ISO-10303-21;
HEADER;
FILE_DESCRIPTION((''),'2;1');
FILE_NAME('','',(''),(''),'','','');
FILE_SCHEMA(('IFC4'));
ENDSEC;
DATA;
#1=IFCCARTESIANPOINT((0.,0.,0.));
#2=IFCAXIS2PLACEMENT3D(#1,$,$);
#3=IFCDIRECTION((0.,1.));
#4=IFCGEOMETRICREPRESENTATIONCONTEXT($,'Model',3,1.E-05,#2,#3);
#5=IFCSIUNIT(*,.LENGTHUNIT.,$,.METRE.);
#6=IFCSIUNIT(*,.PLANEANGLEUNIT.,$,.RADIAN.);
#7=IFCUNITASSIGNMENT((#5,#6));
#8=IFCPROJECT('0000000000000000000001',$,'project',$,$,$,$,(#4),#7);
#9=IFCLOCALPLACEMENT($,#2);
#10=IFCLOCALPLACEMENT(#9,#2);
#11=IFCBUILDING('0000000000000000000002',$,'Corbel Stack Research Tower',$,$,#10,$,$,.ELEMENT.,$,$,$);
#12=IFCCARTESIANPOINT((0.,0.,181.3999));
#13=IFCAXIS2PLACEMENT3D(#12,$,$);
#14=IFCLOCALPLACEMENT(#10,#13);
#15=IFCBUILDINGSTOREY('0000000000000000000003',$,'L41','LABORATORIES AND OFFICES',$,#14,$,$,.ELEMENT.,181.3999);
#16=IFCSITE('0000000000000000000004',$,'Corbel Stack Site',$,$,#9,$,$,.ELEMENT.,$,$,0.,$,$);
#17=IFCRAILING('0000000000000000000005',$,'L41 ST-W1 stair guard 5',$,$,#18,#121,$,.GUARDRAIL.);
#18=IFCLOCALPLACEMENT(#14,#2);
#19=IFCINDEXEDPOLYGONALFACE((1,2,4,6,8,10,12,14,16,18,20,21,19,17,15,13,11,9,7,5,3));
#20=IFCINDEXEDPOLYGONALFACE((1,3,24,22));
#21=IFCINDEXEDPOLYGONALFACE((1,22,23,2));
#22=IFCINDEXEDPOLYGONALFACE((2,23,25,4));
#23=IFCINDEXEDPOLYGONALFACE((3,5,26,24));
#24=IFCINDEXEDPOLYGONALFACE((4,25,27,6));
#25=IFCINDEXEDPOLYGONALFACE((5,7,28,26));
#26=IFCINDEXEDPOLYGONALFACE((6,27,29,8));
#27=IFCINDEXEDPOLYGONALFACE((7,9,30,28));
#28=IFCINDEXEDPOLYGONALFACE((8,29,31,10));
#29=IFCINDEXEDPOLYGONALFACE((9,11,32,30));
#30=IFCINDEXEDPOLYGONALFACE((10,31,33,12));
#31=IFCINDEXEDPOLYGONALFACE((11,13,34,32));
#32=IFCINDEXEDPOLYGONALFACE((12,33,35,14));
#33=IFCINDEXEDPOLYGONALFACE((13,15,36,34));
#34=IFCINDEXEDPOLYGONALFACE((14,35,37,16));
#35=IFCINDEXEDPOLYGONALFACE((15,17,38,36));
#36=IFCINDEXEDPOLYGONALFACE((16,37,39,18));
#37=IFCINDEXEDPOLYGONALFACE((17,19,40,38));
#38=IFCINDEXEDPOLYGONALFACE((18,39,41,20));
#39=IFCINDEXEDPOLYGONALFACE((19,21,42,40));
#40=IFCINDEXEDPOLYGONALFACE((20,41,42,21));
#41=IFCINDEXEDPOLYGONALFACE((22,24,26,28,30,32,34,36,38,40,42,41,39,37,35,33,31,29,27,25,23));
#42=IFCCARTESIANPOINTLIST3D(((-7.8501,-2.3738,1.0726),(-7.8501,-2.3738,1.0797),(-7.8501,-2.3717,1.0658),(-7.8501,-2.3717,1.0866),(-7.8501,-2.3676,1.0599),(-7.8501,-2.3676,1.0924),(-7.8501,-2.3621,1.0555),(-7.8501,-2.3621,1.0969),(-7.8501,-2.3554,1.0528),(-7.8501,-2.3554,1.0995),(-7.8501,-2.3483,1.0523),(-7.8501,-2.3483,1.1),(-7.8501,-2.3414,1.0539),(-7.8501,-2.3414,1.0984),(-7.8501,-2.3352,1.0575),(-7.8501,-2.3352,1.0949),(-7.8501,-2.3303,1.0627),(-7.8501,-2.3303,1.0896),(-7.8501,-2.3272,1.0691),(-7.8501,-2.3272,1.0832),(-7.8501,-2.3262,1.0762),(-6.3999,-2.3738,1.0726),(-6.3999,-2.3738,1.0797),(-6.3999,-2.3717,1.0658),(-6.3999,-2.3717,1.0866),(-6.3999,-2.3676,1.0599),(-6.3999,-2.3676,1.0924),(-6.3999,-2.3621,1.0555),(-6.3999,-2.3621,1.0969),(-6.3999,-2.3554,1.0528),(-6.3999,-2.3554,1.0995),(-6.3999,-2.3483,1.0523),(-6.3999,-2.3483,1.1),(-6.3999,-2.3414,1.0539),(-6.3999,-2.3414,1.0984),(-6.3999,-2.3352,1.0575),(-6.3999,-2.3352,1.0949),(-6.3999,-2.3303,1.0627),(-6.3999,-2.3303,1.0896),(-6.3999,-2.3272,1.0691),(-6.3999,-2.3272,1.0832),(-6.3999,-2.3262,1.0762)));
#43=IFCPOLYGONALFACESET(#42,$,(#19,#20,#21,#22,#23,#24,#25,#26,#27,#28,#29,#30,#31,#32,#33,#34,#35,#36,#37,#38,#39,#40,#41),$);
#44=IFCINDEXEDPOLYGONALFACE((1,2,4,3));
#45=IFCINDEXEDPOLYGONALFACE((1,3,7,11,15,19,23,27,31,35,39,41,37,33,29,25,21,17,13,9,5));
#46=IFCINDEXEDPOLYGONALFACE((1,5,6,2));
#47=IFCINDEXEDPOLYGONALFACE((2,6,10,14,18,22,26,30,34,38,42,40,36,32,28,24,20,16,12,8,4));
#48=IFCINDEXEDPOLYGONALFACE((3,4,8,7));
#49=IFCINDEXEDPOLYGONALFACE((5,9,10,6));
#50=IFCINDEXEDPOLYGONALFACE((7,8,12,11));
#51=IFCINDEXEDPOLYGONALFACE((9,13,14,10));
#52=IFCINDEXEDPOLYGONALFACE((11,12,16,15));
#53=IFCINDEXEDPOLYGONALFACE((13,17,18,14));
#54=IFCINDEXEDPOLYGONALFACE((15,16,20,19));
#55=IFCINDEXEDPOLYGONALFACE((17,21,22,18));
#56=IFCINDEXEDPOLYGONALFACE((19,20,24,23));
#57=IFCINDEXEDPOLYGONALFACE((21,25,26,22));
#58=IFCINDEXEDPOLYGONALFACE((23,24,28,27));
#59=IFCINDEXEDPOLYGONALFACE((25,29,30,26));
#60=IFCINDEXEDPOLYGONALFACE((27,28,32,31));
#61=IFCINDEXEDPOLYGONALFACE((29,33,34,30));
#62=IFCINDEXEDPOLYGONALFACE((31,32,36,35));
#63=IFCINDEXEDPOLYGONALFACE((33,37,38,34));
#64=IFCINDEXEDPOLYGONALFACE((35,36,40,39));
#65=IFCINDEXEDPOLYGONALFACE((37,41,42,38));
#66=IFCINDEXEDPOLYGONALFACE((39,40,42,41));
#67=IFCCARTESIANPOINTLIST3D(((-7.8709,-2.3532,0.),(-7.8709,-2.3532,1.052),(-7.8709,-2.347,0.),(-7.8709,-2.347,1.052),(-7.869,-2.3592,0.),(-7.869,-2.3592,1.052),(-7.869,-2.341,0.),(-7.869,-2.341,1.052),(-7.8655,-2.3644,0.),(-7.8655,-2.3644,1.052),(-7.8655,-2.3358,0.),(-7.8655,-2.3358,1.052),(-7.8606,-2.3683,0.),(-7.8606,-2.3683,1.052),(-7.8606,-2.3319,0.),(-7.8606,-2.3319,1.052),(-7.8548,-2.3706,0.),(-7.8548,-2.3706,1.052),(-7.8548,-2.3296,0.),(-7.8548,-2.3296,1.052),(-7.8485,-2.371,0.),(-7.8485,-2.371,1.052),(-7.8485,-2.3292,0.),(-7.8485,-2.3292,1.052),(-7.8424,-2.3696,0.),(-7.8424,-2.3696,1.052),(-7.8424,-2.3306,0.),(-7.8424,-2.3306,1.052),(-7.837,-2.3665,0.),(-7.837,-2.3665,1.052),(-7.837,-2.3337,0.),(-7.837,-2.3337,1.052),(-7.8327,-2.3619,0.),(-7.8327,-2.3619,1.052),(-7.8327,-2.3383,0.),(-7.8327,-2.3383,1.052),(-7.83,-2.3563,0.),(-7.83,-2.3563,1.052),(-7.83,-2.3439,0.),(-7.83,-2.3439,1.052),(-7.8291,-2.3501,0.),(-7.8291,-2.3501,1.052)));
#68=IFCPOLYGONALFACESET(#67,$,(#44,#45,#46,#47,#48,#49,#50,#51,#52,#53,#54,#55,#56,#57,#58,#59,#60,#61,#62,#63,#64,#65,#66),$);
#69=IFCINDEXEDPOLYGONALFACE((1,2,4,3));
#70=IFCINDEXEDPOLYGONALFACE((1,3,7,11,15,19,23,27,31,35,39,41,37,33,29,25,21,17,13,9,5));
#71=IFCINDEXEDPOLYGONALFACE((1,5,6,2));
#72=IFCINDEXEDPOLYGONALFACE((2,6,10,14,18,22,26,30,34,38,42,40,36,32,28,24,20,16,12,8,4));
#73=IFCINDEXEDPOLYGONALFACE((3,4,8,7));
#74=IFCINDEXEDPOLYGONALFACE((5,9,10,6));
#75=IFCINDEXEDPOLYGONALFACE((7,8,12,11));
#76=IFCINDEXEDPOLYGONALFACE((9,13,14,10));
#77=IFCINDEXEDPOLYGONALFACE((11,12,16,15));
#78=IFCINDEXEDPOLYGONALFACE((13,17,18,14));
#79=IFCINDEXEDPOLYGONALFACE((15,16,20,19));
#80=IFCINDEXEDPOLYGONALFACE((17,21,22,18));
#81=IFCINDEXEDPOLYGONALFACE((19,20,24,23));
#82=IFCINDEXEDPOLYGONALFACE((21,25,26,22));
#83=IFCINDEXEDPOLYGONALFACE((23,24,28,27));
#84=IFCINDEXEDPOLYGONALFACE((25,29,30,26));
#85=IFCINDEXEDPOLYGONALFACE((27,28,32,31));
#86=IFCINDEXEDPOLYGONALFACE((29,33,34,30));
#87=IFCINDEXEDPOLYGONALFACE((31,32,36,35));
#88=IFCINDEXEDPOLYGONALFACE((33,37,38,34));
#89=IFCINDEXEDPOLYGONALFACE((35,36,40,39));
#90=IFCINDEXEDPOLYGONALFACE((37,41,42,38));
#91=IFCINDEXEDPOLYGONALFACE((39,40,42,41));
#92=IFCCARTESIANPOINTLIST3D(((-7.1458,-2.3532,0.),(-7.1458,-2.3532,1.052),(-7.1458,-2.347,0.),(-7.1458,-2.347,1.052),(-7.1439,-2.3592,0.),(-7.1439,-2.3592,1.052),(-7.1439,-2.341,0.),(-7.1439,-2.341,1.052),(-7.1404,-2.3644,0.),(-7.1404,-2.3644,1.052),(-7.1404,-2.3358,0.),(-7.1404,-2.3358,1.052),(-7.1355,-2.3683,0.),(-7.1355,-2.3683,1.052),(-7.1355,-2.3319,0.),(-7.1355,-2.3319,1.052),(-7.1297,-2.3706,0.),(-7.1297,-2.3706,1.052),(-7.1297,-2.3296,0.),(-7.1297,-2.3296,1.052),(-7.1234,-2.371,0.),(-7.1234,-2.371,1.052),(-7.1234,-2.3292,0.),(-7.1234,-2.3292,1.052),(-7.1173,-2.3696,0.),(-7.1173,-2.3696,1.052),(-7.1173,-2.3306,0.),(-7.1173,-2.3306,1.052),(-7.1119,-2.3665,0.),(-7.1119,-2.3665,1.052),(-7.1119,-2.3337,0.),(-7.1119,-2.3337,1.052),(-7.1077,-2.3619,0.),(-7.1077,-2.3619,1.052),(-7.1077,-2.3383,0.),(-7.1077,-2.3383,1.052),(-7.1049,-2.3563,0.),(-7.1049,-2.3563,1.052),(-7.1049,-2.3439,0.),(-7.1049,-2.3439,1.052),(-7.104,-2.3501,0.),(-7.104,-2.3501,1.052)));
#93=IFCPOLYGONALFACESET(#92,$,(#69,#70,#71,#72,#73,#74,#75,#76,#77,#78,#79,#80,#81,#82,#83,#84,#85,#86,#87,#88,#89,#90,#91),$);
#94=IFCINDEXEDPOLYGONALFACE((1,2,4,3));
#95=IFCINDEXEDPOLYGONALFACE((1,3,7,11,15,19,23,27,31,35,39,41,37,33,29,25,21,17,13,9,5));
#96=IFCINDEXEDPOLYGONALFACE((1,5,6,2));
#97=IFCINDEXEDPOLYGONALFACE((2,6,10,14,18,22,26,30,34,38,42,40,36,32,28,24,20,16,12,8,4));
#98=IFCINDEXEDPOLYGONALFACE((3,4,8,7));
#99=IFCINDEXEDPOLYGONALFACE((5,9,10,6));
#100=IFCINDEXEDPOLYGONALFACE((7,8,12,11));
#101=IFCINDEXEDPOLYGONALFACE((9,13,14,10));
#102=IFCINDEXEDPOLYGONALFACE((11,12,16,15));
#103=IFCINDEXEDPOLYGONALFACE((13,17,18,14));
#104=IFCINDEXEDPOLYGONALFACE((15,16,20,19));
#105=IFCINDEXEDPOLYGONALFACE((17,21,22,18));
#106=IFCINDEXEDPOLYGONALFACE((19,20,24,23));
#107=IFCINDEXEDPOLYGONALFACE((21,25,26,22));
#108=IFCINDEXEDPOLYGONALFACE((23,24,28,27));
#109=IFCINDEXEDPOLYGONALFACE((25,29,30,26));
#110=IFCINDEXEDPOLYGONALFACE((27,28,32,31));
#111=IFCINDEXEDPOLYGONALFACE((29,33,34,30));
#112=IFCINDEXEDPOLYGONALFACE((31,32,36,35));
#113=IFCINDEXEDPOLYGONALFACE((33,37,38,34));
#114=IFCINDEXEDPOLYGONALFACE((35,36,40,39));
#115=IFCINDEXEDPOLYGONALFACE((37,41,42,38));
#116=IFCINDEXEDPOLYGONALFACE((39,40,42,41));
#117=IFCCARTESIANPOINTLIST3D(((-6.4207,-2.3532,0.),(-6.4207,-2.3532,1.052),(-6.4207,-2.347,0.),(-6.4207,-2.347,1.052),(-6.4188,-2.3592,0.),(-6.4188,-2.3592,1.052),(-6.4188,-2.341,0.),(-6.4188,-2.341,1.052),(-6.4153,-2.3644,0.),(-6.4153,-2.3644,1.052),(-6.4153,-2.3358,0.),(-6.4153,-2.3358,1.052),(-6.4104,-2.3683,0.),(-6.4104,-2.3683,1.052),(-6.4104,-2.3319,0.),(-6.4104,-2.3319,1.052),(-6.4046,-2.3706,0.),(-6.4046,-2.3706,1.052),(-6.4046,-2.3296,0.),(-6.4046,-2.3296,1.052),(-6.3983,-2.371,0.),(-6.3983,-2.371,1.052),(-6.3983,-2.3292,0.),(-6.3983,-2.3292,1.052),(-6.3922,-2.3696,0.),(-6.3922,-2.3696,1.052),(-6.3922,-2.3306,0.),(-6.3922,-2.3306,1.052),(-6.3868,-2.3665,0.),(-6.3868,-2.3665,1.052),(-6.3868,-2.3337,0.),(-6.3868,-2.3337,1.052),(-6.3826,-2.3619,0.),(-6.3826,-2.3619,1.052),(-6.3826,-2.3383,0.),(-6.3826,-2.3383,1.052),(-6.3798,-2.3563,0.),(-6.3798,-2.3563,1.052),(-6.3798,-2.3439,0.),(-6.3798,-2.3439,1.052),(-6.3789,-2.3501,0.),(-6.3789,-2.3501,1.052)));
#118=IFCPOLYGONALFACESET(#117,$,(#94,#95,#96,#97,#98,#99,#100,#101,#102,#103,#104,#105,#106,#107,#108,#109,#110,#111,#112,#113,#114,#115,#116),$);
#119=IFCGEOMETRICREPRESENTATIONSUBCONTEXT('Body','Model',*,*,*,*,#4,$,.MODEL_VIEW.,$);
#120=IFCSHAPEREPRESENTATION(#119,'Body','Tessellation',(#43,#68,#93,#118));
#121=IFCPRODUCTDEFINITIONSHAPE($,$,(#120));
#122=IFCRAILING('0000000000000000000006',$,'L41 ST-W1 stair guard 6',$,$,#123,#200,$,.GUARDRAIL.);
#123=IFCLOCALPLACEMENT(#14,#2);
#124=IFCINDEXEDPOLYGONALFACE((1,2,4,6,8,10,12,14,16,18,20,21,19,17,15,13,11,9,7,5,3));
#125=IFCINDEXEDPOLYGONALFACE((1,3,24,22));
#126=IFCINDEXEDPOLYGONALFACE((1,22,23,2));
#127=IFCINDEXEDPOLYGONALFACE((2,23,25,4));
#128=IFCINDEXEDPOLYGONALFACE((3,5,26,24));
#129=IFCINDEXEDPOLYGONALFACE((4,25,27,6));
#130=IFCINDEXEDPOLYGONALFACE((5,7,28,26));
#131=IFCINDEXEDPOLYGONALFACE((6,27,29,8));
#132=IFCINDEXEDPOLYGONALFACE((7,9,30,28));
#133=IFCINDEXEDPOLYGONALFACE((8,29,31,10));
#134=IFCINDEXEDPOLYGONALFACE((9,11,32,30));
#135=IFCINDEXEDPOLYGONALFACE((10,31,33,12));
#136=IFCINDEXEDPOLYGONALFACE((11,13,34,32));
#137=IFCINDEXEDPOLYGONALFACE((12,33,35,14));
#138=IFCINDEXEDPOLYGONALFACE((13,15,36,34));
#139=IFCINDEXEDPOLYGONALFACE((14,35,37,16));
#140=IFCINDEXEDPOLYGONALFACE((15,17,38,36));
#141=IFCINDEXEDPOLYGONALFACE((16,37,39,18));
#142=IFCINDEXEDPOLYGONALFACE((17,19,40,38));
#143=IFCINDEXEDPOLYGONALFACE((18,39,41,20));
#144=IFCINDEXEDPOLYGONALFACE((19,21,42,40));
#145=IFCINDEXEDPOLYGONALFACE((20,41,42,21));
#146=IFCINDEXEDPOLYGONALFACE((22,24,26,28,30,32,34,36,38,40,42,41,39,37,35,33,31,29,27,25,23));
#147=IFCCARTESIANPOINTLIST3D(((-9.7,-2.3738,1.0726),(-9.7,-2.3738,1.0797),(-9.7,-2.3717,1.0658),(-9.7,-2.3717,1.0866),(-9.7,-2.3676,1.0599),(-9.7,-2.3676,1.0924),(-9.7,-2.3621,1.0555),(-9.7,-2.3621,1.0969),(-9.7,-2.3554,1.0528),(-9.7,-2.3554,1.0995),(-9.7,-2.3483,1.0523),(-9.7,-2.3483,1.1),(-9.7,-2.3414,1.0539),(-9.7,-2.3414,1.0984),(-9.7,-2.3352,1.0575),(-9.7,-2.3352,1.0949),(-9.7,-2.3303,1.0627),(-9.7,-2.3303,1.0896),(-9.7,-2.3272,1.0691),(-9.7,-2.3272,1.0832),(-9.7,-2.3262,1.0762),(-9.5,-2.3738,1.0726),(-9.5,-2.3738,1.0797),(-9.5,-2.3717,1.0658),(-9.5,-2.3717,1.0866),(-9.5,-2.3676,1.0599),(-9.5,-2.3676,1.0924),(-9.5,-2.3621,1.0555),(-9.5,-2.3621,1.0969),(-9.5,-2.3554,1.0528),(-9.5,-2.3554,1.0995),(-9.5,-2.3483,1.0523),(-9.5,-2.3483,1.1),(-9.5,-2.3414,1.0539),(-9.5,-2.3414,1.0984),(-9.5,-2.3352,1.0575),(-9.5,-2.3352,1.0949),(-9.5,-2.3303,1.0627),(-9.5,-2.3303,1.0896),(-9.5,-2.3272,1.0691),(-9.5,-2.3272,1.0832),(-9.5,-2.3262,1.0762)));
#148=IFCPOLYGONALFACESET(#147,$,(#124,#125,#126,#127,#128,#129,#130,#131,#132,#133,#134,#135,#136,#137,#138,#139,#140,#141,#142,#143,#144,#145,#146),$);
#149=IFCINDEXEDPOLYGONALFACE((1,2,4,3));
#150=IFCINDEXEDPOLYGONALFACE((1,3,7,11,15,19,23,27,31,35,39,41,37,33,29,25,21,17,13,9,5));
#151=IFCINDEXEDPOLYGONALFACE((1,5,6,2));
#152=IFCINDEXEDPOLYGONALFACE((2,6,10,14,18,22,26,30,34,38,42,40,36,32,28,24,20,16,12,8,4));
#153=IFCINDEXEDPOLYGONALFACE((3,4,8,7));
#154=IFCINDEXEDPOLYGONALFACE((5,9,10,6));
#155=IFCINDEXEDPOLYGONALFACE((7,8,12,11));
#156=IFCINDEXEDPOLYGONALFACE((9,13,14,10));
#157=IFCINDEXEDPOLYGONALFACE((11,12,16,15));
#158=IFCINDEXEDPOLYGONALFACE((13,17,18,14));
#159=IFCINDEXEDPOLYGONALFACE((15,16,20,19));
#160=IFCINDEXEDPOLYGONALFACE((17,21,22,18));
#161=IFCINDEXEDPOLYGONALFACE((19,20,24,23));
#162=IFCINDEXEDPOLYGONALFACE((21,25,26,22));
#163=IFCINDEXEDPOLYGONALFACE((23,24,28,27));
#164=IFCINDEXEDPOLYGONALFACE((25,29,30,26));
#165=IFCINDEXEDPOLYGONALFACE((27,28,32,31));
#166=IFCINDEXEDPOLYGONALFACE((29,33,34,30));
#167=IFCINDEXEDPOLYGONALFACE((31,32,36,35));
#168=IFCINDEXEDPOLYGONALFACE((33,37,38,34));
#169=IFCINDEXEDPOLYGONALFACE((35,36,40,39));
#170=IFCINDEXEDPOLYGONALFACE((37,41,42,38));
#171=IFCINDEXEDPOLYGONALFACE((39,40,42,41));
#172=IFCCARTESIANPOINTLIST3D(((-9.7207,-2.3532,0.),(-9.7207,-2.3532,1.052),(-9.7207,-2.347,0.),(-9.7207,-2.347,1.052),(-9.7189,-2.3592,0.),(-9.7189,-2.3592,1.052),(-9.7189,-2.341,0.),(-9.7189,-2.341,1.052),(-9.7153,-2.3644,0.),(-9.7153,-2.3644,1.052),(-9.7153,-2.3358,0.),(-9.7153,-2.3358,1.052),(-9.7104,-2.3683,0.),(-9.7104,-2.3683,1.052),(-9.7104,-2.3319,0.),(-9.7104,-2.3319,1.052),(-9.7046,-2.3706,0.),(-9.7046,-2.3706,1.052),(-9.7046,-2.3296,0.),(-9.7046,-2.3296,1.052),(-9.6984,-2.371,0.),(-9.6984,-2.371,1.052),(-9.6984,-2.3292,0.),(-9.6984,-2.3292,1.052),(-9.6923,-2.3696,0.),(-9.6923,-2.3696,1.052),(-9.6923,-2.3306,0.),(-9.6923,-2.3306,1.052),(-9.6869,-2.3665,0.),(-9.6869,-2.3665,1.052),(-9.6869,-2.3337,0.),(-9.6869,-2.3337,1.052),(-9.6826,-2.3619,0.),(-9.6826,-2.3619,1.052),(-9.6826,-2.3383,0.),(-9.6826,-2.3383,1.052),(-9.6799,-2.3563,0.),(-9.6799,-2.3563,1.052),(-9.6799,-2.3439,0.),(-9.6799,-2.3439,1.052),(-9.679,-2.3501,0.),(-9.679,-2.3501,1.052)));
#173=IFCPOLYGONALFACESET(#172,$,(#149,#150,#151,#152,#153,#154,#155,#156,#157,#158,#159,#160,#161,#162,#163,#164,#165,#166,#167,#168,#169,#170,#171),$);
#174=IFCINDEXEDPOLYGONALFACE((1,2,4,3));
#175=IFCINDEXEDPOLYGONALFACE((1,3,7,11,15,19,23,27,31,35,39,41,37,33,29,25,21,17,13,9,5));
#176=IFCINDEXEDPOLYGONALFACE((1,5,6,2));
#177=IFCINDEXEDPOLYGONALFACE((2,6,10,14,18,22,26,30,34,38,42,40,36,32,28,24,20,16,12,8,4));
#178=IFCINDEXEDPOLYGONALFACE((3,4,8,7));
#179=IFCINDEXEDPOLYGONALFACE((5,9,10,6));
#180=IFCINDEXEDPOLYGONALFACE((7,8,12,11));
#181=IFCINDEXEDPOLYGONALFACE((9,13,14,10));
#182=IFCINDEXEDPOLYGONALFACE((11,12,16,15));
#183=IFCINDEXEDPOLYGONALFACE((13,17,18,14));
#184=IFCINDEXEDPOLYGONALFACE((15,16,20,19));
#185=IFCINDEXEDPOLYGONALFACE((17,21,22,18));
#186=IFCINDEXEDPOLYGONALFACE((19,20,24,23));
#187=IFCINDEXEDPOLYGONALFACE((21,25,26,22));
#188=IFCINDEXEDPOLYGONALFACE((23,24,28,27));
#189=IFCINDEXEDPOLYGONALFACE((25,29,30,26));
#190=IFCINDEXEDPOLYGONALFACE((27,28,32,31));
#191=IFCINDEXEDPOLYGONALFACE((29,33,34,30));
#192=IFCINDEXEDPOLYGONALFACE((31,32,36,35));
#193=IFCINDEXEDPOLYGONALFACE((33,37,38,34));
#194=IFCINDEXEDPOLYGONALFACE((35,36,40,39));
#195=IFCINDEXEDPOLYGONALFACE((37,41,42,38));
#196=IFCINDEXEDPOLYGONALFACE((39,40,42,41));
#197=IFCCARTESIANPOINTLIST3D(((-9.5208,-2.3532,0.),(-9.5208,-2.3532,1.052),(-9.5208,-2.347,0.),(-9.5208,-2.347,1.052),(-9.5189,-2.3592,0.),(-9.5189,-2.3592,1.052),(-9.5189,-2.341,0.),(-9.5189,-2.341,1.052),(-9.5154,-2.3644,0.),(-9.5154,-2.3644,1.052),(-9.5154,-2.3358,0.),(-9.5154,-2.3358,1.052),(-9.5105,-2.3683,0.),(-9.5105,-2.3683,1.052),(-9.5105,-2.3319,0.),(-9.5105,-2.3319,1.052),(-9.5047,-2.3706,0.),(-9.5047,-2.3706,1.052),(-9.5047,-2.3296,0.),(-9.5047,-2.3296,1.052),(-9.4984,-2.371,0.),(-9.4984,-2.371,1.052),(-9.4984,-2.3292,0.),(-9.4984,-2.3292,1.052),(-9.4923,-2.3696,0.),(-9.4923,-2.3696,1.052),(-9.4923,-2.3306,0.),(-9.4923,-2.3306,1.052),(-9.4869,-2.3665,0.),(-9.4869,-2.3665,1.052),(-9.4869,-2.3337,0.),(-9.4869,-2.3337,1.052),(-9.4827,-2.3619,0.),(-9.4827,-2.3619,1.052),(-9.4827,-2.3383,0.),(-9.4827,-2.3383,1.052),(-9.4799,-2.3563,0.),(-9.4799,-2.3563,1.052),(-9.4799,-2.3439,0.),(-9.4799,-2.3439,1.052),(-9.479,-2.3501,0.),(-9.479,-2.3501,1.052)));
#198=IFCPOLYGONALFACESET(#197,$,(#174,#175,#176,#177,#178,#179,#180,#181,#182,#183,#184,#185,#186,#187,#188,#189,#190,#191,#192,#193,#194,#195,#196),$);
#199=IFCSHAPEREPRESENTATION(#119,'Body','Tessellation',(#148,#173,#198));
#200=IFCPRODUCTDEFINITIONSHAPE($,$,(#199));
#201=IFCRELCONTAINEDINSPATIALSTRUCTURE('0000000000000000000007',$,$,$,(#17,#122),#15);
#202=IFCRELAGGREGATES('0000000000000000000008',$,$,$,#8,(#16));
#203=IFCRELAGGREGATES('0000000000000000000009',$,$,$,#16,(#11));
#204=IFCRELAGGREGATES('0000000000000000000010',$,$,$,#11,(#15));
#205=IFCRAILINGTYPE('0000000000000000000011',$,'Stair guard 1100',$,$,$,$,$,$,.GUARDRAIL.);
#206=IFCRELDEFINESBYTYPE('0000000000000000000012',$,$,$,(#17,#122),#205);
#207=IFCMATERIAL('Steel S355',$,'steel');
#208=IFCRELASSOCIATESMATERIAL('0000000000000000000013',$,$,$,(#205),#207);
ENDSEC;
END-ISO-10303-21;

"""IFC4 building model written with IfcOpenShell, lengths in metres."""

from ifc_helpers import new_model, si_unit, direction, frame, origin, origin_2d, place, context, subcontext, project, spatial, circle, extrude, material, type_object, element, save


model = new_model("IFC4")

# Units and contexts
model_context = context("Model", 3, precision=1e-05, world=origin(), true_north=direction((0.0, 1.0)))
body_context = subcontext(model_context, "Body", "Model", "MODEL_VIEW")
ifc_project = project(units=[si_unit("LENGTHUNIT", "METRE"), si_unit("PLANEANGLEUNIT", "RADIAN")], contexts=[model_context])

# Site, building, storey
site_placement = place(None, origin())
site = spatial("IfcSite", under=ifc_project, at=site_placement, Name="Corbel Stack Site", CompositionType="ELEMENT", RefElevation=0.0)
building_placement = place(site_placement, origin())
building = spatial("IfcBuilding", under=site, at=building_placement, Name="Corbel Stack Research Tower", CompositionType="ELEMENT")
storey_placement = place(building_placement, frame((0.0, 0.0, 181.3999)))
storey = spatial("IfcBuildingStorey", under=building, at=storey_placement, Name="L41", Description="LABORATORIES AND OFFICES", CompositionType="ELEMENT", Elevation=181.3999)

# Railings
ifc_material_1 = material(Name="Steel S355", Category="steel")
railing_type_1 = type_object("IfcRailingType", Name="Stair guard 1100", PredefinedType="GUARDRAIL", material=ifc_material_1)
railing_1_placement = place(storey_placement, frame((-7.8501, -2.3501, 0.0)))
element("IfcRailing", 1, at=railing_1_placement, inside=storey, type_object=railing_type_1, Name="L41 ST-W1 stair guard 5", PredefinedType="GUARDRAIL", context=body_context, shape_type="SweptSolid", body=[
    extrude(circle(Radius=0.0239, at=origin_2d()), frame((0.0, 0.0, 1.0762), z_axis=(1.0, 0.0, 0.0), x_axis=(0.0, 1.0, 0.0)), (0.0, 0.0, 1.0), 1.4502),
    extrude(circle(Radius=0.021, at=origin_2d()), origin(), (0.0, 0.0, 1.0), 1.052),
    extrude(circle(Radius=0.021, at=origin_2d()), frame((0.7251, 0.0, 0.0)), (0.0, 0.0, 1.0), 1.052),
    extrude(circle(Radius=0.021, at=origin_2d()), frame((1.4502, 0.0, 0.0)), (0.0, 0.0, 1.0), 1.052),
])
railing_2_placement = place(storey_placement, frame((-9.7, -2.3501, 0.0)))
element("IfcRailing", 2, at=railing_2_placement, inside=storey, type_object=railing_type_1, Name="L41 ST-W1 stair guard 6", PredefinedType="GUARDRAIL", context=body_context, shape_type="SweptSolid", body=[
    extrude(circle(Radius=0.0239, at=origin_2d()), frame((0.0, 0.0, 1.0762), z_axis=(1.0, 0.0, 0.0), x_axis=(0.0, 1.0, 0.0)), (0.0, 0.0, 1.0), 0.2),
    extrude(circle(Radius=0.021, at=origin_2d()), origin(), (0.0, 0.0, 1.0), 1.052),
    extrude(circle(Radius=0.021, at=origin_2d()), frame((0.2, 0.0, 0.0)), (0.0, 0.0, 1.0), 1.052),
])

save(model, "model.ifc")
